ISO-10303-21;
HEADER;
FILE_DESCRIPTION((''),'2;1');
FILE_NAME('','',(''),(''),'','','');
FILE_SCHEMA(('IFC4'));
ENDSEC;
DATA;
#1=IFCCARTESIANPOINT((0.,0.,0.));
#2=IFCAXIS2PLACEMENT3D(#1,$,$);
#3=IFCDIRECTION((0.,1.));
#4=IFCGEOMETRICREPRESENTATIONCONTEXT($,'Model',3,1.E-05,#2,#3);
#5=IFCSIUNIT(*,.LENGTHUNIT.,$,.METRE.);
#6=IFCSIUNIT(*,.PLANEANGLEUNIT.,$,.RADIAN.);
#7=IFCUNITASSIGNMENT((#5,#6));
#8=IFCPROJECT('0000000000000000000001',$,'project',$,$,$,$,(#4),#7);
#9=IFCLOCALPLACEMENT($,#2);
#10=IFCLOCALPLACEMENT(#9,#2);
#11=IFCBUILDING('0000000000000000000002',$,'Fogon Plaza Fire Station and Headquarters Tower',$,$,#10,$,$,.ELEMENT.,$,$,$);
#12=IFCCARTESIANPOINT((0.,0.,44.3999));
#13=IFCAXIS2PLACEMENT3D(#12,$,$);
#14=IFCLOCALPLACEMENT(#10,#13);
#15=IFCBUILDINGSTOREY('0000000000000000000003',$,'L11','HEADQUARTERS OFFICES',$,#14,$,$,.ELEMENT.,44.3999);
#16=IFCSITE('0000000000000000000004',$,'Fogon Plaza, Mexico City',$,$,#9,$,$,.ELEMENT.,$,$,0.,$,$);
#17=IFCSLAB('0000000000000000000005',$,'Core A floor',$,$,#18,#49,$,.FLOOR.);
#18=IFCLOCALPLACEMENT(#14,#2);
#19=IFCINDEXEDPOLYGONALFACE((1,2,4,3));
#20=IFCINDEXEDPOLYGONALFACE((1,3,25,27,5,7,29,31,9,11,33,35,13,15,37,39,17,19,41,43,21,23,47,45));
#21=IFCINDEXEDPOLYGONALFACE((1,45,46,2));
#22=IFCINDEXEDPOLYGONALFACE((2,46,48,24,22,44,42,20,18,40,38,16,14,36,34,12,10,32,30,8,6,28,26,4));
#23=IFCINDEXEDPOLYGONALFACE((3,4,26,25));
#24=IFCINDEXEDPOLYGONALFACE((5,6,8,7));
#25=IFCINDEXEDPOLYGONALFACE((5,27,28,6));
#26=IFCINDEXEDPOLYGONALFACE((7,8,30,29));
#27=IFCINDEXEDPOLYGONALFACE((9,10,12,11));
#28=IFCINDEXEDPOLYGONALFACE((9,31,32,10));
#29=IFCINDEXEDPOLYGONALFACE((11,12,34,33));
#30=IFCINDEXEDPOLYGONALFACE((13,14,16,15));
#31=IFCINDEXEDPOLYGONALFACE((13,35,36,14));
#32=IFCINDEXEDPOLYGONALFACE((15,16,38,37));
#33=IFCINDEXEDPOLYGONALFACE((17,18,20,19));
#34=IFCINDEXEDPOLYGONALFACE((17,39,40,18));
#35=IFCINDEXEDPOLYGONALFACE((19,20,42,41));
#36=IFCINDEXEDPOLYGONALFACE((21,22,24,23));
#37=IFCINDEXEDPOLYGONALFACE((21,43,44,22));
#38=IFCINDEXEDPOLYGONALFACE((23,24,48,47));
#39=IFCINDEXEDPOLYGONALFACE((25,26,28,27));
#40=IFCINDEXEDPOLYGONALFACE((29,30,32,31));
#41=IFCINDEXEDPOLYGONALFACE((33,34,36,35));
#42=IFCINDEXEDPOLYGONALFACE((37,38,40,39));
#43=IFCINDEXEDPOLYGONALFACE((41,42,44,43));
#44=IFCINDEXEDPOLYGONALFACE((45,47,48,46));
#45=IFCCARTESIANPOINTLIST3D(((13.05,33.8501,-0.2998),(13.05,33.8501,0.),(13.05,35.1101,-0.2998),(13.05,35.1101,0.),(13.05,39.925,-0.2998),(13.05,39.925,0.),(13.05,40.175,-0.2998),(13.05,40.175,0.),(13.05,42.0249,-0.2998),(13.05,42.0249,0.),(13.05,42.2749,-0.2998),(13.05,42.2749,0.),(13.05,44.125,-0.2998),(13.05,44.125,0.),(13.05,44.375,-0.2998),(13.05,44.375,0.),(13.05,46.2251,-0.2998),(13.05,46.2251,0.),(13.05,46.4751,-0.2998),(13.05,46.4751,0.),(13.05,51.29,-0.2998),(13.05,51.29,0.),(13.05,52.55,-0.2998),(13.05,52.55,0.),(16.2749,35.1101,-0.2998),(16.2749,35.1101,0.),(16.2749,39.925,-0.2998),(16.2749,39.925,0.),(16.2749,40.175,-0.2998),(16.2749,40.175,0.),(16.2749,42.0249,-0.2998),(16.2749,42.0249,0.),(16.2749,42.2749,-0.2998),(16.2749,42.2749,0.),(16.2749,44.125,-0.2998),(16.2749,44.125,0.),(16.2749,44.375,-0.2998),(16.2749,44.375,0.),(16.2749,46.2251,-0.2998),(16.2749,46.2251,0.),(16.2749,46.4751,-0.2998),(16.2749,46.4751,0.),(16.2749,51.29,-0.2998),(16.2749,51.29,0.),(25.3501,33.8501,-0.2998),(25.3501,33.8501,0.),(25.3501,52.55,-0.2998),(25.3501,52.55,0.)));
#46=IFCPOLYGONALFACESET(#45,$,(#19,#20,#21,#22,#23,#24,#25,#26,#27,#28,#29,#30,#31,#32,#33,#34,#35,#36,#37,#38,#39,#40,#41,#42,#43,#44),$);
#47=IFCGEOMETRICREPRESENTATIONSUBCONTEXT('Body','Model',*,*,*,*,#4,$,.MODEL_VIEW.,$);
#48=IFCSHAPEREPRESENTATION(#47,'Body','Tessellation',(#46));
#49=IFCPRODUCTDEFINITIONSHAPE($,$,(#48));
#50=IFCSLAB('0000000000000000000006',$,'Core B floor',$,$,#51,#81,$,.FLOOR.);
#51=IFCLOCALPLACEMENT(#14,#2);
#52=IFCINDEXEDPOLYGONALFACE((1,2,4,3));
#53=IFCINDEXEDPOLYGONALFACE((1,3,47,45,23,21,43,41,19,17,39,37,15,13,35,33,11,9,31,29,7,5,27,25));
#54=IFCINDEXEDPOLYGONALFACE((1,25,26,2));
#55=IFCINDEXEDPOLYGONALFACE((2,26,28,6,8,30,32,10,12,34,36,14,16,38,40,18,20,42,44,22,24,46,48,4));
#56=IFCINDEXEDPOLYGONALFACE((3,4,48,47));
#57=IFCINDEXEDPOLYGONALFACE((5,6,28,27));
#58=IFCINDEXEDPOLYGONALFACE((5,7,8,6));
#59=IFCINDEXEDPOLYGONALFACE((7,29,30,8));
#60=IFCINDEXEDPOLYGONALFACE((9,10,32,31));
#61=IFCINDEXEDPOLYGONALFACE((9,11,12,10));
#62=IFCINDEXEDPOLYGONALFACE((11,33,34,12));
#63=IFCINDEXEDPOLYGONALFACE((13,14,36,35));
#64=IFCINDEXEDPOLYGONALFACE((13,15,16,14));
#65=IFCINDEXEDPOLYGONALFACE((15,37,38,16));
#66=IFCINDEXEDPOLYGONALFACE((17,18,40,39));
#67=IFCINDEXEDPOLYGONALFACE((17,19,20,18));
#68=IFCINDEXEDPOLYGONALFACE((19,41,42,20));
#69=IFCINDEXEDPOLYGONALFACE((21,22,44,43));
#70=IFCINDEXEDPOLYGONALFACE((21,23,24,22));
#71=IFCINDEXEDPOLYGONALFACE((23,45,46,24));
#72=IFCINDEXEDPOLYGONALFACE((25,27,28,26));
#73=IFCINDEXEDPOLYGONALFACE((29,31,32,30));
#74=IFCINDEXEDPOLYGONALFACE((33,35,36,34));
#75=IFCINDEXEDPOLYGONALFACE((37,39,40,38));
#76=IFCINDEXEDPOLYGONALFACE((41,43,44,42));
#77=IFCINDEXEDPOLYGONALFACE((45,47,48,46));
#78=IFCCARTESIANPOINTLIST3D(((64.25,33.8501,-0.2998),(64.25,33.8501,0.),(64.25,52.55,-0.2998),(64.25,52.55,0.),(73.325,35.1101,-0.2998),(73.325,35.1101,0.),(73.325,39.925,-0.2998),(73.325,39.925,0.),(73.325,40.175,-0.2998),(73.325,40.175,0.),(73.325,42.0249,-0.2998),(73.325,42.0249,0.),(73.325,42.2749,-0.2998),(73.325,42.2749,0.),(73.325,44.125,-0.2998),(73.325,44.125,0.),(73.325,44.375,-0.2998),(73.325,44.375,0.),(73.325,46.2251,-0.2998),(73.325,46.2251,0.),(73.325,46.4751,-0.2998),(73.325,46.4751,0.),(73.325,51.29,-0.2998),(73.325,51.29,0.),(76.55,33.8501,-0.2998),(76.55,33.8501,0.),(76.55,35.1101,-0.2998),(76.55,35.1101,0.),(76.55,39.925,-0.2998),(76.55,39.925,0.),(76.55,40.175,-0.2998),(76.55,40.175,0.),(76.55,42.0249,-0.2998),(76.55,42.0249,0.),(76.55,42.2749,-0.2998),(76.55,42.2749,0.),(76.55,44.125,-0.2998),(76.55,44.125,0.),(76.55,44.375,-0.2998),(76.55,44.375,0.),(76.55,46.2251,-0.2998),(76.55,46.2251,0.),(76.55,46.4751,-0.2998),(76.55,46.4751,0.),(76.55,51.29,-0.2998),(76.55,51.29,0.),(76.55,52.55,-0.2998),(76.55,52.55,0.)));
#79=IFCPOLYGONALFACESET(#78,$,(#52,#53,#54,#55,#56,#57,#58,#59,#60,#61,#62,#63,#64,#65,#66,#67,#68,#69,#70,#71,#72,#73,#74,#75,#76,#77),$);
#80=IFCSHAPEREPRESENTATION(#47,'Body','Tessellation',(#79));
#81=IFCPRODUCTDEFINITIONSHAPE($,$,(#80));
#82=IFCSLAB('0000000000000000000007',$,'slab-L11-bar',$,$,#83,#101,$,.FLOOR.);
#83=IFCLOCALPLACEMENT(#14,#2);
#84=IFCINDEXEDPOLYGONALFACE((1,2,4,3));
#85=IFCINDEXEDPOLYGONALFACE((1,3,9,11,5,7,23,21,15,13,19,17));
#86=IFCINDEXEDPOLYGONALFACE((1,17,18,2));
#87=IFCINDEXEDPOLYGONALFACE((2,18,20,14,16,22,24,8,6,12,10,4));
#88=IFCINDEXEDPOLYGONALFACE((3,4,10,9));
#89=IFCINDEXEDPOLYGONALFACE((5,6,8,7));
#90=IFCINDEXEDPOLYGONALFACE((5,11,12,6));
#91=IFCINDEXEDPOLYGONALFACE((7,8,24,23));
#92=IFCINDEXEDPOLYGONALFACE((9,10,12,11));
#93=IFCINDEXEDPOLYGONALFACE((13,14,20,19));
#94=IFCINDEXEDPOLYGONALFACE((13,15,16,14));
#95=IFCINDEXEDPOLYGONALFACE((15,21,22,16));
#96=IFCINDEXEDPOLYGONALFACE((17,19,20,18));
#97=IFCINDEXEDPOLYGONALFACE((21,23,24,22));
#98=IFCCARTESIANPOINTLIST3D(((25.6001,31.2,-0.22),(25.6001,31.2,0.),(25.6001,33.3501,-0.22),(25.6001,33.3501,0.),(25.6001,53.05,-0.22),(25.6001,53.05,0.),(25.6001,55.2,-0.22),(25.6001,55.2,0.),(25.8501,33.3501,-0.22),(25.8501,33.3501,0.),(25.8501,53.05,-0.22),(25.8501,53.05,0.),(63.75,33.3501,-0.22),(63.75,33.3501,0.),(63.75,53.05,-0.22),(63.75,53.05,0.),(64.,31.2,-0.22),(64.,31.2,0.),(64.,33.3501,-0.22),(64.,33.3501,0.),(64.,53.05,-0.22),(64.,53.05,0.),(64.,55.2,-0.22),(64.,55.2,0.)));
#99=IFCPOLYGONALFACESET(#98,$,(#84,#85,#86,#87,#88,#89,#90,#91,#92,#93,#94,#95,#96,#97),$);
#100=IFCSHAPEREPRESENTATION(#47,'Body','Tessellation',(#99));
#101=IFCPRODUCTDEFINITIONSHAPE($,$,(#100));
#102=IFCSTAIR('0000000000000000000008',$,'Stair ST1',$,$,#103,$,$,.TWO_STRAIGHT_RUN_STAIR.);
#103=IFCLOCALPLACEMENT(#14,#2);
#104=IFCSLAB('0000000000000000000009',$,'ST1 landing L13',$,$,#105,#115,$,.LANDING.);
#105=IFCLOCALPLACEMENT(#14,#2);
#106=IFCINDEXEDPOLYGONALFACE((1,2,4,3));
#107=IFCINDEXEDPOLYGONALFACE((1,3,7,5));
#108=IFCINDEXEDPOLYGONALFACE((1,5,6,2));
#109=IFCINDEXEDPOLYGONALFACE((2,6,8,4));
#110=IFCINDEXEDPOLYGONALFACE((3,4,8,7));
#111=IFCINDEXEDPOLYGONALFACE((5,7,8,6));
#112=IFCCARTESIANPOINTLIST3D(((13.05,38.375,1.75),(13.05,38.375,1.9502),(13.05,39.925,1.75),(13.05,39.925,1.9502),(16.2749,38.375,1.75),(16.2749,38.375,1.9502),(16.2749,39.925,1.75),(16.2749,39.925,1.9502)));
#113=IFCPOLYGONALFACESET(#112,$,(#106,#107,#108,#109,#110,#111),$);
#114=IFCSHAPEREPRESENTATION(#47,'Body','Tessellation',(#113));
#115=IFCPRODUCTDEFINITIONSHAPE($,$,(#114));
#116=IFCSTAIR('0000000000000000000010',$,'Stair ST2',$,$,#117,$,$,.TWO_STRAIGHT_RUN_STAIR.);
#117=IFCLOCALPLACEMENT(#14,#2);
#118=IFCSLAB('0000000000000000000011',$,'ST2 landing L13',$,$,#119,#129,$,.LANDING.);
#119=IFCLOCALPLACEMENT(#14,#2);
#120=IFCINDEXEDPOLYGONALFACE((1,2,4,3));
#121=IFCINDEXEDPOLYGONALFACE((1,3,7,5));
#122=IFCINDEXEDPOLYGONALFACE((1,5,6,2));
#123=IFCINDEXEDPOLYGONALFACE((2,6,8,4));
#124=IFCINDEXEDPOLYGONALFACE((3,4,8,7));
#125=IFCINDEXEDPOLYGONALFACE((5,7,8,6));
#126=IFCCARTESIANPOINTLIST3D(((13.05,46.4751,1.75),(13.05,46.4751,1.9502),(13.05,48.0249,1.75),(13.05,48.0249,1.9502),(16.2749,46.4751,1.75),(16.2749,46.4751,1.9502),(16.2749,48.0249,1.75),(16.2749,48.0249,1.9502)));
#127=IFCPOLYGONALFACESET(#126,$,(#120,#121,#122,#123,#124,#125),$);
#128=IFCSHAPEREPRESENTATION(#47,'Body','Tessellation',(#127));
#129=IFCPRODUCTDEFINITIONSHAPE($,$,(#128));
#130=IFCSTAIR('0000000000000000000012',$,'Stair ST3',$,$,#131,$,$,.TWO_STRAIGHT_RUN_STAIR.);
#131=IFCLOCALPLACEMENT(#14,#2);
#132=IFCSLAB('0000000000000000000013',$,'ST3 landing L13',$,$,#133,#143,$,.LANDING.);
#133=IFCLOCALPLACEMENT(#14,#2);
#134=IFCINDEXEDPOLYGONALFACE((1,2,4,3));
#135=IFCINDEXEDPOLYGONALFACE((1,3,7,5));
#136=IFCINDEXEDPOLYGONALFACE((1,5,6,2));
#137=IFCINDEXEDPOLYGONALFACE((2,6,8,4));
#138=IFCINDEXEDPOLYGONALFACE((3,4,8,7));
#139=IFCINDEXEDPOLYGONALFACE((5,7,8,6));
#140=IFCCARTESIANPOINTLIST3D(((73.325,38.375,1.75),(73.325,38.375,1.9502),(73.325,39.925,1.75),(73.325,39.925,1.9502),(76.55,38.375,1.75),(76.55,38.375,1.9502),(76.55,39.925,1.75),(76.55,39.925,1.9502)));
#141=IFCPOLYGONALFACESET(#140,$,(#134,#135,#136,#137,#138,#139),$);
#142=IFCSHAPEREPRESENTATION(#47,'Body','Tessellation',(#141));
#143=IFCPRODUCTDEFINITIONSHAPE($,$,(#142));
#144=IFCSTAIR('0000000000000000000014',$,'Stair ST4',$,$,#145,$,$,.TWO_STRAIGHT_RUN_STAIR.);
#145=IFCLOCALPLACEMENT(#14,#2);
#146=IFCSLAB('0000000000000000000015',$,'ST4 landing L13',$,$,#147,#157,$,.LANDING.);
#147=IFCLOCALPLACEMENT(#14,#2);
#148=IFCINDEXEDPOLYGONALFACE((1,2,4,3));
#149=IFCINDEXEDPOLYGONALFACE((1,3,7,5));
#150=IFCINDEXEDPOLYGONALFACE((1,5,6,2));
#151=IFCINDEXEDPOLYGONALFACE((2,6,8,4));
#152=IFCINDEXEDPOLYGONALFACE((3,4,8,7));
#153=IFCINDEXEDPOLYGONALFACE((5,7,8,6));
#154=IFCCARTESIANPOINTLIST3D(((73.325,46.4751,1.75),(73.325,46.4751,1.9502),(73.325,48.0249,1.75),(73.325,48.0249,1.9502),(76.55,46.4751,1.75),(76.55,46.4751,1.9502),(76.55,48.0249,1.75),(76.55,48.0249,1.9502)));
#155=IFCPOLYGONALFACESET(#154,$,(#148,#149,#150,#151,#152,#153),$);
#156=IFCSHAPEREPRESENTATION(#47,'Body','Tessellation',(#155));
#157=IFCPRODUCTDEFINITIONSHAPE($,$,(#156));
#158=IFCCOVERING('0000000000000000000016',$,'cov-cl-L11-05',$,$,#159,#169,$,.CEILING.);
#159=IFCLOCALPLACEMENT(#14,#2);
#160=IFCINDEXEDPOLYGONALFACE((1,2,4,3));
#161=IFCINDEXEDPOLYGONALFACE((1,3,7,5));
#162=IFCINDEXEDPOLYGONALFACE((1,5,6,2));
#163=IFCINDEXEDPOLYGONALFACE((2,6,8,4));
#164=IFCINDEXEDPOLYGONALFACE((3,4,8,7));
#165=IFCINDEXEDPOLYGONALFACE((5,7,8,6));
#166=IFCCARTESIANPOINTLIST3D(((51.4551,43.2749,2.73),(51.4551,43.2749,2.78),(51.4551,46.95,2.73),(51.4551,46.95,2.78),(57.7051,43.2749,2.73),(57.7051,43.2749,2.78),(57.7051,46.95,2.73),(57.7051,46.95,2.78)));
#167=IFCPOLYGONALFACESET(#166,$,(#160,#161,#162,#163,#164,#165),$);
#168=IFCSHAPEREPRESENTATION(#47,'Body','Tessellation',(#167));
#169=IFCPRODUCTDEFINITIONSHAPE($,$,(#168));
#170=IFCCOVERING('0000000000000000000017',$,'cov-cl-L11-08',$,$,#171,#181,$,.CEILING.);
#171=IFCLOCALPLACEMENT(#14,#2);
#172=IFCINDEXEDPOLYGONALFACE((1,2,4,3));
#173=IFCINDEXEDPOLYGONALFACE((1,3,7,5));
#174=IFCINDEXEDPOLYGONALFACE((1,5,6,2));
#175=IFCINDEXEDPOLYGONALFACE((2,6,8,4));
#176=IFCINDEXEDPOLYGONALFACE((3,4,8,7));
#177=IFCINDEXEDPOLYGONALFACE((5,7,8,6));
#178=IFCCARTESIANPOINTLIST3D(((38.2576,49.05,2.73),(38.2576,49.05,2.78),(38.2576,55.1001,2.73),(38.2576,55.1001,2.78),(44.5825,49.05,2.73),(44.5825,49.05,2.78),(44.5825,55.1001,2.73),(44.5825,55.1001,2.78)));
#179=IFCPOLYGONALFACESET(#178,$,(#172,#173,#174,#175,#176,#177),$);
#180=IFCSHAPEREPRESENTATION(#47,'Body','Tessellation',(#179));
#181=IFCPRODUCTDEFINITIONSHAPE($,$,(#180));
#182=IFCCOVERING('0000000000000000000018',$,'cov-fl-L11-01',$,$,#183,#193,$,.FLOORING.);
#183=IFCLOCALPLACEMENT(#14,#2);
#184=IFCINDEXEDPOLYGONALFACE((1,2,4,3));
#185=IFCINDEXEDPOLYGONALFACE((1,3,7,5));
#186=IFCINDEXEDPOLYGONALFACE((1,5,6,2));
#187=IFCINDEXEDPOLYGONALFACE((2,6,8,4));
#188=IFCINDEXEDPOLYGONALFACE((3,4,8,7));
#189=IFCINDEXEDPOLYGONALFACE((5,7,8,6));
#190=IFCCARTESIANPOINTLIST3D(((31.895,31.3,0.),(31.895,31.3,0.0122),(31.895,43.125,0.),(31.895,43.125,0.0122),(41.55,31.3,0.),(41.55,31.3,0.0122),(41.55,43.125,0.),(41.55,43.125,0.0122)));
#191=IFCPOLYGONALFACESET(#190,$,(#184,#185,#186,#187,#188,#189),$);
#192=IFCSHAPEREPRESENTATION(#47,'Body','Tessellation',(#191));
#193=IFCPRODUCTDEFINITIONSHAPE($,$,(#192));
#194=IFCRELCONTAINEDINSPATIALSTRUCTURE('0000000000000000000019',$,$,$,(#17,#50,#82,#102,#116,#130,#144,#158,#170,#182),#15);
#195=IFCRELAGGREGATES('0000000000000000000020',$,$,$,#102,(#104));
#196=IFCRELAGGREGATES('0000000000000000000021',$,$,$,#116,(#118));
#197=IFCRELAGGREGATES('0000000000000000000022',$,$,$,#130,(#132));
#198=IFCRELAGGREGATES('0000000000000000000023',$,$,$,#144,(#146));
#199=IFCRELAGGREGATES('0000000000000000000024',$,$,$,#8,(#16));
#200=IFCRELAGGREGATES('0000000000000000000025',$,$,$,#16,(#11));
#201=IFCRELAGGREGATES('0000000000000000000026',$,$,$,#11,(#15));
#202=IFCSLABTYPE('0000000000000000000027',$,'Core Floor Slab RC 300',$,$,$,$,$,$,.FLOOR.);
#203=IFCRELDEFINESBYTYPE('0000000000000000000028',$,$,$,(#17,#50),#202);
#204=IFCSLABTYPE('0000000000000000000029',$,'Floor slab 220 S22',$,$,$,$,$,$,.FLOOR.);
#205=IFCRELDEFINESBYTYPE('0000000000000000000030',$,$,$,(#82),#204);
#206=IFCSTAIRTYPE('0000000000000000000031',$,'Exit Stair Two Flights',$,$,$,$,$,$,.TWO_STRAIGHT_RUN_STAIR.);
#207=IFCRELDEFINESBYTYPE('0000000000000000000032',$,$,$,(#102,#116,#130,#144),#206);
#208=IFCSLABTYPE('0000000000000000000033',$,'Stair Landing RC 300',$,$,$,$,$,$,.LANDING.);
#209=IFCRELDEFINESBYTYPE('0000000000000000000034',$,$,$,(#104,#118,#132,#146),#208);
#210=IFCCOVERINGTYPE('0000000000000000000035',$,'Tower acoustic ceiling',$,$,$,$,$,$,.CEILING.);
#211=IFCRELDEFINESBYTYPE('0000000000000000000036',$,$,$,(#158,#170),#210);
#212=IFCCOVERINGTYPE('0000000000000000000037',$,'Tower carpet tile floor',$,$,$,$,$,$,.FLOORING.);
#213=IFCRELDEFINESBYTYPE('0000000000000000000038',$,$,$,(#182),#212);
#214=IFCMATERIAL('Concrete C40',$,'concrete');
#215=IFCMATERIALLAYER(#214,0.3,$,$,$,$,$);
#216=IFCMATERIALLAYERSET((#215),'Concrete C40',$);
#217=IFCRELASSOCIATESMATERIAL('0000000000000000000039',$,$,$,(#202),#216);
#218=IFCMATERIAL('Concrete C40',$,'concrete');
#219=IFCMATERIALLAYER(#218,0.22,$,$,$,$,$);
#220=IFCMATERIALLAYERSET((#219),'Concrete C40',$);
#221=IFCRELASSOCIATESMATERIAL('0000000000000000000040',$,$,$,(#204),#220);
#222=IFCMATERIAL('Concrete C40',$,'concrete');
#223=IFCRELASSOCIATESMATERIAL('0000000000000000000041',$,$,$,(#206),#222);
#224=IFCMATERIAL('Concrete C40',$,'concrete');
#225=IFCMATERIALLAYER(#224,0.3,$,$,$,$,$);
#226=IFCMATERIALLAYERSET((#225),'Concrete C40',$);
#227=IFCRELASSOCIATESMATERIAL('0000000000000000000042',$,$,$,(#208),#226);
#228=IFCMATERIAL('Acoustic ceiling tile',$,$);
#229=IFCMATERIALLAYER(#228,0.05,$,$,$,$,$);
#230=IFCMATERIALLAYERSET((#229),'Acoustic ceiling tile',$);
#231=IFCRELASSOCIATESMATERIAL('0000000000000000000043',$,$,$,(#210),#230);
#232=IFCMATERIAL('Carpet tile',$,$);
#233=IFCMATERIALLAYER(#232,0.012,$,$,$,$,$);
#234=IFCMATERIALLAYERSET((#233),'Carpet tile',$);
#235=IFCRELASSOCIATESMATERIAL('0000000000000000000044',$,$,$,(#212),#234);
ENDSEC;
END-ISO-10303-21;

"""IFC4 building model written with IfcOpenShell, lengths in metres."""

from ifc_helpers import new_model, si_unit, direction, frame, origin, place, context, subcontext, project, spatial, polyline, outline, extrude, material, layer, layer_set, type_object, element, aggregate, save


model = new_model("IFC4")

# Units and contexts
model_context = context("Model", 3, precision=1e-05, world=origin(), true_north=direction((0.0, 1.0)))
body_context = subcontext(model_context, "Body", "Model", "MODEL_VIEW")
ifc_project = project(units=[si_unit("LENGTHUNIT", "METRE"), si_unit("PLANEANGLEUNIT", "RADIAN")], contexts=[model_context])

# Site, building, storey
site_placement = place(None, origin())
site = spatial("IfcSite", under=ifc_project, at=site_placement, Name="Fogon Plaza, Mexico City", CompositionType="ELEMENT", RefElevation=0.0)
building_placement = place(site_placement, origin())
building = spatial("IfcBuilding", under=site, at=building_placement, Name="Fogon Plaza Fire Station and Headquarters Tower", CompositionType="ELEMENT")
storey_placement = place(building_placement, frame((0.0, 0.0, 44.3999)))
storey = spatial("IfcBuildingStorey", under=building, at=storey_placement, Name="L11", Description="HEADQUARTERS OFFICES", CompositionType="ELEMENT", Elevation=44.3999)

# Slabs
ifc_material_1 = material(Name="Concrete C40", Category="concrete")
ifc_layer_1 = layer(ifc_material_1, 0.3)
ifc_layer_set_1 = layer_set([ifc_layer_1], Name="Concrete C40")
slab_type_1 = type_object("IfcSlabType", Name="Core Floor Slab RC 300", PredefinedType="FLOOR", material=ifc_layer_set_1)
slab_1_placement = place(storey_placement, frame((0.0, 0.0, -0.2998)))
element("IfcSlab", 1, at=slab_1_placement, inside=storey, type_object=slab_type_1, Name="Core A floor", PredefinedType="FLOOR", context=body_context, shape_type="SweptSolid", body=[
    extrude(outline(polyline([(13.05, 35.1101), (13.05, 33.8501), (25.3501, 33.8501), (25.3501, 52.55), (13.05, 52.55), (13.05, 51.29), (16.2749, 51.29), (16.2749, 46.4751), (13.05, 46.4751), (13.05, 46.2251), (16.2749, 46.2251), (16.2749, 44.375), (13.05, 44.375), (13.05, 44.125), (16.2749, 44.125), (16.2749, 42.2749), (13.05, 42.2749), (13.05, 42.0249), (16.2749, 42.0249), (16.2749, 40.175), (13.05, 40.175), (13.05, 39.925), (16.2749, 39.925), (16.2749, 35.1101), (13.05, 35.1101)])), origin(), (0.0, 0.0, 1.0), 0.2998),
])
slab_2_placement = place(storey_placement, frame((0.0, 0.0, -0.2998)))
element("IfcSlab", 2, at=slab_2_placement, inside=storey, type_object=slab_type_1, Name="Core B floor", PredefinedType="FLOOR", context=body_context, shape_type="SweptSolid", body=[
    extrude(outline(polyline([(76.55, 35.1101), (73.325, 35.1101), (73.325, 39.925), (76.55, 39.925), (76.55, 40.175), (73.325, 40.175), (73.325, 42.0249), (76.55, 42.0249), (76.55, 42.2749), (73.325, 42.2749), (73.325, 44.125), (76.55, 44.125), (76.55, 44.375), (73.325, 44.375), (73.325, 46.2251), (76.55, 46.2251), (76.55, 46.4751), (73.325, 46.4751), (73.325, 51.29), (76.55, 51.29), (76.55, 52.55), (64.25, 52.55), (64.25, 33.8501), (76.55, 33.8501), (76.55, 35.1101)])), origin(), (0.0, 0.0, 1.0), 0.2998),
])
ifc_material_2 = material(Name="Concrete C40", Category="concrete")
ifc_layer_2 = layer(ifc_material_2, 0.22)
ifc_layer_set_2 = layer_set([ifc_layer_2], Name="Concrete C40")
slab_type_2 = type_object("IfcSlabType", Name="Floor slab 220 S22", PredefinedType="FLOOR", material=ifc_layer_set_2)
slab_3_placement = place(storey_placement, frame((0.0, 0.0, -0.22)))
element("IfcSlab", 3, at=slab_3_placement, inside=storey, type_object=slab_type_2, Name="slab-L11-bar", PredefinedType="FLOOR", context=body_context, shape_type="SweptSolid", body=[
    extrude(outline(polyline([(64.0, 31.2), (25.6001, 31.2), (25.6001, 33.3501), (25.8501, 33.3501), (25.8501, 53.05), (25.6001, 53.05), (25.6001, 55.2), (64.0, 55.2), (64.0, 53.05), (63.75, 53.05), (63.75, 33.3501), (64.0, 33.3501), (64.0, 31.2)])), origin(), (0.0, 0.0, 1.0), 0.22),
])

# Stairs, slabs
ifc_material_3 = material(Name="Concrete C40", Category="concrete")
stair_type = type_object("IfcStairType", Name="Exit Stair Two Flights", PredefinedType="TWO_STRAIGHT_RUN_STAIR", material=ifc_material_3)
stair_1_placement = place(storey_placement, origin())
stair_1 = element("IfcStair", 4, at=stair_1_placement, inside=storey, type_object=stair_type, Name="Stair ST1", PredefinedType="TWO_STRAIGHT_RUN_STAIR")
ifc_material_4 = material(Name="Concrete C40", Category="concrete")
ifc_layer_3 = layer(ifc_material_4, 0.3)
ifc_layer_set_3 = layer_set([ifc_layer_3], Name="Concrete C40")
slab_type_3 = type_object("IfcSlabType", Name="Stair Landing RC 300", PredefinedType="LANDING", material=ifc_layer_set_3)
slab_4_placement = place(storey_placement, frame((0.0, 0.0, 1.75)))
slab_4 = element("IfcSlab", 5, at=slab_4_placement, type_object=slab_type_3, Name="ST1 landing L13", PredefinedType="LANDING", context=body_context, shape_type="SweptSolid", body=[
    extrude(outline(polyline([(16.2749, 38.375), (16.2749, 39.925), (13.05, 39.925), (13.05, 38.375), (16.2749, 38.375)])), origin(), (0.0, 0.0, 1.0), 0.2002),
])
aggregate(stair_1, [slab_4])
stair_2_placement = place(storey_placement, origin())
stair_2 = element("IfcStair", 6, at=stair_2_placement, inside=storey, type_object=stair_type, Name="Stair ST2", PredefinedType="TWO_STRAIGHT_RUN_STAIR")
slab_5_placement = place(storey_placement, frame((0.0, 0.0, 1.75)))
slab_5 = element("IfcSlab", 7, at=slab_5_placement, type_object=slab_type_3, Name="ST2 landing L13", PredefinedType="LANDING", context=body_context, shape_type="SweptSolid", body=[
    extrude(outline(polyline([(16.2749, 46.4751), (16.2749, 48.0249), (13.05, 48.0249), (13.05, 46.4751), (16.2749, 46.4751)])), origin(), (0.0, 0.0, 1.0), 0.2002),
])
aggregate(stair_2, [slab_5])
stair_3_placement = place(storey_placement, origin())
stair_3 = element("IfcStair", 8, at=stair_3_placement, inside=storey, type_object=stair_type, Name="Stair ST3", PredefinedType="TWO_STRAIGHT_RUN_STAIR")
slab_6_placement = place(storey_placement, frame((0.0, 0.0, 1.75)))
slab_6 = element("IfcSlab", 9, at=slab_6_placement, type_object=slab_type_3, Name="ST3 landing L13", PredefinedType="LANDING", context=body_context, shape_type="SweptSolid", body=[
    extrude(outline(polyline([(73.325, 38.375), (76.55, 38.375), (76.55, 39.925), (73.325, 39.925), (73.325, 38.375)])), origin(), (0.0, 0.0, 1.0), 0.2002),
])
aggregate(stair_3, [slab_6])
stair_4_placement = place(storey_placement, origin())
stair_4 = element("IfcStair", 10, at=stair_4_placement, inside=storey, type_object=stair_type, Name="Stair ST4", PredefinedType="TWO_STRAIGHT_RUN_STAIR")
slab_7_placement = place(storey_placement, frame((0.0, 0.0, 1.75)))
slab_7 = element("IfcSlab", 11, at=slab_7_placement, type_object=slab_type_3, Name="ST4 landing L13", PredefinedType="LANDING", context=body_context, shape_type="SweptSolid", body=[
    extrude(outline(polyline([(73.325, 46.4751), (76.55, 46.4751), (76.55, 48.0249), (73.325, 48.0249), (73.325, 46.4751)])), origin(), (0.0, 0.0, 1.0), 0.2002),
])
aggregate(stair_4, [slab_7])

# Coverings
ifc_material_5 = material(Name="Acoustic ceiling tile")
ifc_layer_4 = layer(ifc_material_5, 0.05)
ifc_layer_set_4 = layer_set([ifc_layer_4], Name="Acoustic ceiling tile")
covering_type_1 = type_object("IfcCoveringType", Name="Tower acoustic ceiling", PredefinedType="CEILING", material=ifc_layer_set_4)
covering_1_placement = place(storey_placement, frame((0.0, 0.0, 2.73)))
element("IfcCovering", 12, at=covering_1_placement, inside=storey, type_object=covering_type_1, Name="cov-cl-L11-05", PredefinedType="CEILING", context=body_context, shape_type="SweptSolid", body=[
    extrude(outline(polyline([(57.7051, 43.2749), (57.7051, 46.95), (51.4551, 46.95), (51.4551, 43.2749), (57.7051, 43.2749)])), origin(), (0.0, 0.0, 1.0), 0.05),
])
covering_2_placement = place(storey_placement, frame((0.0, 0.0, 2.73)))
element("IfcCovering", 13, at=covering_2_placement, inside=storey, type_object=covering_type_1, Name="cov-cl-L11-08", PredefinedType="CEILING", context=body_context, shape_type="SweptSolid", body=[
    extrude(outline(polyline([(44.5825, 49.05), (44.5825, 55.1001), (38.2576, 55.1001), (38.2576, 49.05), (44.5825, 49.05)])), origin(), (0.0, 0.0, 1.0), 0.05),
])
ifc_material_6 = material(Name="Carpet tile")
ifc_layer_5 = layer(ifc_material_6, 0.012)
ifc_layer_set_5 = layer_set([ifc_layer_5], Name="Carpet tile")
covering_type_2 = type_object("IfcCoveringType", Name="Tower carpet tile floor", PredefinedType="FLOORING", material=ifc_layer_set_5)
covering_3_placement = place(storey_placement, origin())
element("IfcCovering", 14, at=covering_3_placement, inside=storey, type_object=covering_type_2, Name="cov-fl-L11-01", PredefinedType="FLOORING", context=body_context, shape_type="SweptSolid", body=[
    extrude(outline(polyline([(41.55, 31.3), (41.55, 43.125), (31.895, 43.125), (31.895, 31.3), (41.55, 31.3)])), origin(), (0.0, 0.0, 1.0), 0.0122),
])

save(model, "model.ifc")
